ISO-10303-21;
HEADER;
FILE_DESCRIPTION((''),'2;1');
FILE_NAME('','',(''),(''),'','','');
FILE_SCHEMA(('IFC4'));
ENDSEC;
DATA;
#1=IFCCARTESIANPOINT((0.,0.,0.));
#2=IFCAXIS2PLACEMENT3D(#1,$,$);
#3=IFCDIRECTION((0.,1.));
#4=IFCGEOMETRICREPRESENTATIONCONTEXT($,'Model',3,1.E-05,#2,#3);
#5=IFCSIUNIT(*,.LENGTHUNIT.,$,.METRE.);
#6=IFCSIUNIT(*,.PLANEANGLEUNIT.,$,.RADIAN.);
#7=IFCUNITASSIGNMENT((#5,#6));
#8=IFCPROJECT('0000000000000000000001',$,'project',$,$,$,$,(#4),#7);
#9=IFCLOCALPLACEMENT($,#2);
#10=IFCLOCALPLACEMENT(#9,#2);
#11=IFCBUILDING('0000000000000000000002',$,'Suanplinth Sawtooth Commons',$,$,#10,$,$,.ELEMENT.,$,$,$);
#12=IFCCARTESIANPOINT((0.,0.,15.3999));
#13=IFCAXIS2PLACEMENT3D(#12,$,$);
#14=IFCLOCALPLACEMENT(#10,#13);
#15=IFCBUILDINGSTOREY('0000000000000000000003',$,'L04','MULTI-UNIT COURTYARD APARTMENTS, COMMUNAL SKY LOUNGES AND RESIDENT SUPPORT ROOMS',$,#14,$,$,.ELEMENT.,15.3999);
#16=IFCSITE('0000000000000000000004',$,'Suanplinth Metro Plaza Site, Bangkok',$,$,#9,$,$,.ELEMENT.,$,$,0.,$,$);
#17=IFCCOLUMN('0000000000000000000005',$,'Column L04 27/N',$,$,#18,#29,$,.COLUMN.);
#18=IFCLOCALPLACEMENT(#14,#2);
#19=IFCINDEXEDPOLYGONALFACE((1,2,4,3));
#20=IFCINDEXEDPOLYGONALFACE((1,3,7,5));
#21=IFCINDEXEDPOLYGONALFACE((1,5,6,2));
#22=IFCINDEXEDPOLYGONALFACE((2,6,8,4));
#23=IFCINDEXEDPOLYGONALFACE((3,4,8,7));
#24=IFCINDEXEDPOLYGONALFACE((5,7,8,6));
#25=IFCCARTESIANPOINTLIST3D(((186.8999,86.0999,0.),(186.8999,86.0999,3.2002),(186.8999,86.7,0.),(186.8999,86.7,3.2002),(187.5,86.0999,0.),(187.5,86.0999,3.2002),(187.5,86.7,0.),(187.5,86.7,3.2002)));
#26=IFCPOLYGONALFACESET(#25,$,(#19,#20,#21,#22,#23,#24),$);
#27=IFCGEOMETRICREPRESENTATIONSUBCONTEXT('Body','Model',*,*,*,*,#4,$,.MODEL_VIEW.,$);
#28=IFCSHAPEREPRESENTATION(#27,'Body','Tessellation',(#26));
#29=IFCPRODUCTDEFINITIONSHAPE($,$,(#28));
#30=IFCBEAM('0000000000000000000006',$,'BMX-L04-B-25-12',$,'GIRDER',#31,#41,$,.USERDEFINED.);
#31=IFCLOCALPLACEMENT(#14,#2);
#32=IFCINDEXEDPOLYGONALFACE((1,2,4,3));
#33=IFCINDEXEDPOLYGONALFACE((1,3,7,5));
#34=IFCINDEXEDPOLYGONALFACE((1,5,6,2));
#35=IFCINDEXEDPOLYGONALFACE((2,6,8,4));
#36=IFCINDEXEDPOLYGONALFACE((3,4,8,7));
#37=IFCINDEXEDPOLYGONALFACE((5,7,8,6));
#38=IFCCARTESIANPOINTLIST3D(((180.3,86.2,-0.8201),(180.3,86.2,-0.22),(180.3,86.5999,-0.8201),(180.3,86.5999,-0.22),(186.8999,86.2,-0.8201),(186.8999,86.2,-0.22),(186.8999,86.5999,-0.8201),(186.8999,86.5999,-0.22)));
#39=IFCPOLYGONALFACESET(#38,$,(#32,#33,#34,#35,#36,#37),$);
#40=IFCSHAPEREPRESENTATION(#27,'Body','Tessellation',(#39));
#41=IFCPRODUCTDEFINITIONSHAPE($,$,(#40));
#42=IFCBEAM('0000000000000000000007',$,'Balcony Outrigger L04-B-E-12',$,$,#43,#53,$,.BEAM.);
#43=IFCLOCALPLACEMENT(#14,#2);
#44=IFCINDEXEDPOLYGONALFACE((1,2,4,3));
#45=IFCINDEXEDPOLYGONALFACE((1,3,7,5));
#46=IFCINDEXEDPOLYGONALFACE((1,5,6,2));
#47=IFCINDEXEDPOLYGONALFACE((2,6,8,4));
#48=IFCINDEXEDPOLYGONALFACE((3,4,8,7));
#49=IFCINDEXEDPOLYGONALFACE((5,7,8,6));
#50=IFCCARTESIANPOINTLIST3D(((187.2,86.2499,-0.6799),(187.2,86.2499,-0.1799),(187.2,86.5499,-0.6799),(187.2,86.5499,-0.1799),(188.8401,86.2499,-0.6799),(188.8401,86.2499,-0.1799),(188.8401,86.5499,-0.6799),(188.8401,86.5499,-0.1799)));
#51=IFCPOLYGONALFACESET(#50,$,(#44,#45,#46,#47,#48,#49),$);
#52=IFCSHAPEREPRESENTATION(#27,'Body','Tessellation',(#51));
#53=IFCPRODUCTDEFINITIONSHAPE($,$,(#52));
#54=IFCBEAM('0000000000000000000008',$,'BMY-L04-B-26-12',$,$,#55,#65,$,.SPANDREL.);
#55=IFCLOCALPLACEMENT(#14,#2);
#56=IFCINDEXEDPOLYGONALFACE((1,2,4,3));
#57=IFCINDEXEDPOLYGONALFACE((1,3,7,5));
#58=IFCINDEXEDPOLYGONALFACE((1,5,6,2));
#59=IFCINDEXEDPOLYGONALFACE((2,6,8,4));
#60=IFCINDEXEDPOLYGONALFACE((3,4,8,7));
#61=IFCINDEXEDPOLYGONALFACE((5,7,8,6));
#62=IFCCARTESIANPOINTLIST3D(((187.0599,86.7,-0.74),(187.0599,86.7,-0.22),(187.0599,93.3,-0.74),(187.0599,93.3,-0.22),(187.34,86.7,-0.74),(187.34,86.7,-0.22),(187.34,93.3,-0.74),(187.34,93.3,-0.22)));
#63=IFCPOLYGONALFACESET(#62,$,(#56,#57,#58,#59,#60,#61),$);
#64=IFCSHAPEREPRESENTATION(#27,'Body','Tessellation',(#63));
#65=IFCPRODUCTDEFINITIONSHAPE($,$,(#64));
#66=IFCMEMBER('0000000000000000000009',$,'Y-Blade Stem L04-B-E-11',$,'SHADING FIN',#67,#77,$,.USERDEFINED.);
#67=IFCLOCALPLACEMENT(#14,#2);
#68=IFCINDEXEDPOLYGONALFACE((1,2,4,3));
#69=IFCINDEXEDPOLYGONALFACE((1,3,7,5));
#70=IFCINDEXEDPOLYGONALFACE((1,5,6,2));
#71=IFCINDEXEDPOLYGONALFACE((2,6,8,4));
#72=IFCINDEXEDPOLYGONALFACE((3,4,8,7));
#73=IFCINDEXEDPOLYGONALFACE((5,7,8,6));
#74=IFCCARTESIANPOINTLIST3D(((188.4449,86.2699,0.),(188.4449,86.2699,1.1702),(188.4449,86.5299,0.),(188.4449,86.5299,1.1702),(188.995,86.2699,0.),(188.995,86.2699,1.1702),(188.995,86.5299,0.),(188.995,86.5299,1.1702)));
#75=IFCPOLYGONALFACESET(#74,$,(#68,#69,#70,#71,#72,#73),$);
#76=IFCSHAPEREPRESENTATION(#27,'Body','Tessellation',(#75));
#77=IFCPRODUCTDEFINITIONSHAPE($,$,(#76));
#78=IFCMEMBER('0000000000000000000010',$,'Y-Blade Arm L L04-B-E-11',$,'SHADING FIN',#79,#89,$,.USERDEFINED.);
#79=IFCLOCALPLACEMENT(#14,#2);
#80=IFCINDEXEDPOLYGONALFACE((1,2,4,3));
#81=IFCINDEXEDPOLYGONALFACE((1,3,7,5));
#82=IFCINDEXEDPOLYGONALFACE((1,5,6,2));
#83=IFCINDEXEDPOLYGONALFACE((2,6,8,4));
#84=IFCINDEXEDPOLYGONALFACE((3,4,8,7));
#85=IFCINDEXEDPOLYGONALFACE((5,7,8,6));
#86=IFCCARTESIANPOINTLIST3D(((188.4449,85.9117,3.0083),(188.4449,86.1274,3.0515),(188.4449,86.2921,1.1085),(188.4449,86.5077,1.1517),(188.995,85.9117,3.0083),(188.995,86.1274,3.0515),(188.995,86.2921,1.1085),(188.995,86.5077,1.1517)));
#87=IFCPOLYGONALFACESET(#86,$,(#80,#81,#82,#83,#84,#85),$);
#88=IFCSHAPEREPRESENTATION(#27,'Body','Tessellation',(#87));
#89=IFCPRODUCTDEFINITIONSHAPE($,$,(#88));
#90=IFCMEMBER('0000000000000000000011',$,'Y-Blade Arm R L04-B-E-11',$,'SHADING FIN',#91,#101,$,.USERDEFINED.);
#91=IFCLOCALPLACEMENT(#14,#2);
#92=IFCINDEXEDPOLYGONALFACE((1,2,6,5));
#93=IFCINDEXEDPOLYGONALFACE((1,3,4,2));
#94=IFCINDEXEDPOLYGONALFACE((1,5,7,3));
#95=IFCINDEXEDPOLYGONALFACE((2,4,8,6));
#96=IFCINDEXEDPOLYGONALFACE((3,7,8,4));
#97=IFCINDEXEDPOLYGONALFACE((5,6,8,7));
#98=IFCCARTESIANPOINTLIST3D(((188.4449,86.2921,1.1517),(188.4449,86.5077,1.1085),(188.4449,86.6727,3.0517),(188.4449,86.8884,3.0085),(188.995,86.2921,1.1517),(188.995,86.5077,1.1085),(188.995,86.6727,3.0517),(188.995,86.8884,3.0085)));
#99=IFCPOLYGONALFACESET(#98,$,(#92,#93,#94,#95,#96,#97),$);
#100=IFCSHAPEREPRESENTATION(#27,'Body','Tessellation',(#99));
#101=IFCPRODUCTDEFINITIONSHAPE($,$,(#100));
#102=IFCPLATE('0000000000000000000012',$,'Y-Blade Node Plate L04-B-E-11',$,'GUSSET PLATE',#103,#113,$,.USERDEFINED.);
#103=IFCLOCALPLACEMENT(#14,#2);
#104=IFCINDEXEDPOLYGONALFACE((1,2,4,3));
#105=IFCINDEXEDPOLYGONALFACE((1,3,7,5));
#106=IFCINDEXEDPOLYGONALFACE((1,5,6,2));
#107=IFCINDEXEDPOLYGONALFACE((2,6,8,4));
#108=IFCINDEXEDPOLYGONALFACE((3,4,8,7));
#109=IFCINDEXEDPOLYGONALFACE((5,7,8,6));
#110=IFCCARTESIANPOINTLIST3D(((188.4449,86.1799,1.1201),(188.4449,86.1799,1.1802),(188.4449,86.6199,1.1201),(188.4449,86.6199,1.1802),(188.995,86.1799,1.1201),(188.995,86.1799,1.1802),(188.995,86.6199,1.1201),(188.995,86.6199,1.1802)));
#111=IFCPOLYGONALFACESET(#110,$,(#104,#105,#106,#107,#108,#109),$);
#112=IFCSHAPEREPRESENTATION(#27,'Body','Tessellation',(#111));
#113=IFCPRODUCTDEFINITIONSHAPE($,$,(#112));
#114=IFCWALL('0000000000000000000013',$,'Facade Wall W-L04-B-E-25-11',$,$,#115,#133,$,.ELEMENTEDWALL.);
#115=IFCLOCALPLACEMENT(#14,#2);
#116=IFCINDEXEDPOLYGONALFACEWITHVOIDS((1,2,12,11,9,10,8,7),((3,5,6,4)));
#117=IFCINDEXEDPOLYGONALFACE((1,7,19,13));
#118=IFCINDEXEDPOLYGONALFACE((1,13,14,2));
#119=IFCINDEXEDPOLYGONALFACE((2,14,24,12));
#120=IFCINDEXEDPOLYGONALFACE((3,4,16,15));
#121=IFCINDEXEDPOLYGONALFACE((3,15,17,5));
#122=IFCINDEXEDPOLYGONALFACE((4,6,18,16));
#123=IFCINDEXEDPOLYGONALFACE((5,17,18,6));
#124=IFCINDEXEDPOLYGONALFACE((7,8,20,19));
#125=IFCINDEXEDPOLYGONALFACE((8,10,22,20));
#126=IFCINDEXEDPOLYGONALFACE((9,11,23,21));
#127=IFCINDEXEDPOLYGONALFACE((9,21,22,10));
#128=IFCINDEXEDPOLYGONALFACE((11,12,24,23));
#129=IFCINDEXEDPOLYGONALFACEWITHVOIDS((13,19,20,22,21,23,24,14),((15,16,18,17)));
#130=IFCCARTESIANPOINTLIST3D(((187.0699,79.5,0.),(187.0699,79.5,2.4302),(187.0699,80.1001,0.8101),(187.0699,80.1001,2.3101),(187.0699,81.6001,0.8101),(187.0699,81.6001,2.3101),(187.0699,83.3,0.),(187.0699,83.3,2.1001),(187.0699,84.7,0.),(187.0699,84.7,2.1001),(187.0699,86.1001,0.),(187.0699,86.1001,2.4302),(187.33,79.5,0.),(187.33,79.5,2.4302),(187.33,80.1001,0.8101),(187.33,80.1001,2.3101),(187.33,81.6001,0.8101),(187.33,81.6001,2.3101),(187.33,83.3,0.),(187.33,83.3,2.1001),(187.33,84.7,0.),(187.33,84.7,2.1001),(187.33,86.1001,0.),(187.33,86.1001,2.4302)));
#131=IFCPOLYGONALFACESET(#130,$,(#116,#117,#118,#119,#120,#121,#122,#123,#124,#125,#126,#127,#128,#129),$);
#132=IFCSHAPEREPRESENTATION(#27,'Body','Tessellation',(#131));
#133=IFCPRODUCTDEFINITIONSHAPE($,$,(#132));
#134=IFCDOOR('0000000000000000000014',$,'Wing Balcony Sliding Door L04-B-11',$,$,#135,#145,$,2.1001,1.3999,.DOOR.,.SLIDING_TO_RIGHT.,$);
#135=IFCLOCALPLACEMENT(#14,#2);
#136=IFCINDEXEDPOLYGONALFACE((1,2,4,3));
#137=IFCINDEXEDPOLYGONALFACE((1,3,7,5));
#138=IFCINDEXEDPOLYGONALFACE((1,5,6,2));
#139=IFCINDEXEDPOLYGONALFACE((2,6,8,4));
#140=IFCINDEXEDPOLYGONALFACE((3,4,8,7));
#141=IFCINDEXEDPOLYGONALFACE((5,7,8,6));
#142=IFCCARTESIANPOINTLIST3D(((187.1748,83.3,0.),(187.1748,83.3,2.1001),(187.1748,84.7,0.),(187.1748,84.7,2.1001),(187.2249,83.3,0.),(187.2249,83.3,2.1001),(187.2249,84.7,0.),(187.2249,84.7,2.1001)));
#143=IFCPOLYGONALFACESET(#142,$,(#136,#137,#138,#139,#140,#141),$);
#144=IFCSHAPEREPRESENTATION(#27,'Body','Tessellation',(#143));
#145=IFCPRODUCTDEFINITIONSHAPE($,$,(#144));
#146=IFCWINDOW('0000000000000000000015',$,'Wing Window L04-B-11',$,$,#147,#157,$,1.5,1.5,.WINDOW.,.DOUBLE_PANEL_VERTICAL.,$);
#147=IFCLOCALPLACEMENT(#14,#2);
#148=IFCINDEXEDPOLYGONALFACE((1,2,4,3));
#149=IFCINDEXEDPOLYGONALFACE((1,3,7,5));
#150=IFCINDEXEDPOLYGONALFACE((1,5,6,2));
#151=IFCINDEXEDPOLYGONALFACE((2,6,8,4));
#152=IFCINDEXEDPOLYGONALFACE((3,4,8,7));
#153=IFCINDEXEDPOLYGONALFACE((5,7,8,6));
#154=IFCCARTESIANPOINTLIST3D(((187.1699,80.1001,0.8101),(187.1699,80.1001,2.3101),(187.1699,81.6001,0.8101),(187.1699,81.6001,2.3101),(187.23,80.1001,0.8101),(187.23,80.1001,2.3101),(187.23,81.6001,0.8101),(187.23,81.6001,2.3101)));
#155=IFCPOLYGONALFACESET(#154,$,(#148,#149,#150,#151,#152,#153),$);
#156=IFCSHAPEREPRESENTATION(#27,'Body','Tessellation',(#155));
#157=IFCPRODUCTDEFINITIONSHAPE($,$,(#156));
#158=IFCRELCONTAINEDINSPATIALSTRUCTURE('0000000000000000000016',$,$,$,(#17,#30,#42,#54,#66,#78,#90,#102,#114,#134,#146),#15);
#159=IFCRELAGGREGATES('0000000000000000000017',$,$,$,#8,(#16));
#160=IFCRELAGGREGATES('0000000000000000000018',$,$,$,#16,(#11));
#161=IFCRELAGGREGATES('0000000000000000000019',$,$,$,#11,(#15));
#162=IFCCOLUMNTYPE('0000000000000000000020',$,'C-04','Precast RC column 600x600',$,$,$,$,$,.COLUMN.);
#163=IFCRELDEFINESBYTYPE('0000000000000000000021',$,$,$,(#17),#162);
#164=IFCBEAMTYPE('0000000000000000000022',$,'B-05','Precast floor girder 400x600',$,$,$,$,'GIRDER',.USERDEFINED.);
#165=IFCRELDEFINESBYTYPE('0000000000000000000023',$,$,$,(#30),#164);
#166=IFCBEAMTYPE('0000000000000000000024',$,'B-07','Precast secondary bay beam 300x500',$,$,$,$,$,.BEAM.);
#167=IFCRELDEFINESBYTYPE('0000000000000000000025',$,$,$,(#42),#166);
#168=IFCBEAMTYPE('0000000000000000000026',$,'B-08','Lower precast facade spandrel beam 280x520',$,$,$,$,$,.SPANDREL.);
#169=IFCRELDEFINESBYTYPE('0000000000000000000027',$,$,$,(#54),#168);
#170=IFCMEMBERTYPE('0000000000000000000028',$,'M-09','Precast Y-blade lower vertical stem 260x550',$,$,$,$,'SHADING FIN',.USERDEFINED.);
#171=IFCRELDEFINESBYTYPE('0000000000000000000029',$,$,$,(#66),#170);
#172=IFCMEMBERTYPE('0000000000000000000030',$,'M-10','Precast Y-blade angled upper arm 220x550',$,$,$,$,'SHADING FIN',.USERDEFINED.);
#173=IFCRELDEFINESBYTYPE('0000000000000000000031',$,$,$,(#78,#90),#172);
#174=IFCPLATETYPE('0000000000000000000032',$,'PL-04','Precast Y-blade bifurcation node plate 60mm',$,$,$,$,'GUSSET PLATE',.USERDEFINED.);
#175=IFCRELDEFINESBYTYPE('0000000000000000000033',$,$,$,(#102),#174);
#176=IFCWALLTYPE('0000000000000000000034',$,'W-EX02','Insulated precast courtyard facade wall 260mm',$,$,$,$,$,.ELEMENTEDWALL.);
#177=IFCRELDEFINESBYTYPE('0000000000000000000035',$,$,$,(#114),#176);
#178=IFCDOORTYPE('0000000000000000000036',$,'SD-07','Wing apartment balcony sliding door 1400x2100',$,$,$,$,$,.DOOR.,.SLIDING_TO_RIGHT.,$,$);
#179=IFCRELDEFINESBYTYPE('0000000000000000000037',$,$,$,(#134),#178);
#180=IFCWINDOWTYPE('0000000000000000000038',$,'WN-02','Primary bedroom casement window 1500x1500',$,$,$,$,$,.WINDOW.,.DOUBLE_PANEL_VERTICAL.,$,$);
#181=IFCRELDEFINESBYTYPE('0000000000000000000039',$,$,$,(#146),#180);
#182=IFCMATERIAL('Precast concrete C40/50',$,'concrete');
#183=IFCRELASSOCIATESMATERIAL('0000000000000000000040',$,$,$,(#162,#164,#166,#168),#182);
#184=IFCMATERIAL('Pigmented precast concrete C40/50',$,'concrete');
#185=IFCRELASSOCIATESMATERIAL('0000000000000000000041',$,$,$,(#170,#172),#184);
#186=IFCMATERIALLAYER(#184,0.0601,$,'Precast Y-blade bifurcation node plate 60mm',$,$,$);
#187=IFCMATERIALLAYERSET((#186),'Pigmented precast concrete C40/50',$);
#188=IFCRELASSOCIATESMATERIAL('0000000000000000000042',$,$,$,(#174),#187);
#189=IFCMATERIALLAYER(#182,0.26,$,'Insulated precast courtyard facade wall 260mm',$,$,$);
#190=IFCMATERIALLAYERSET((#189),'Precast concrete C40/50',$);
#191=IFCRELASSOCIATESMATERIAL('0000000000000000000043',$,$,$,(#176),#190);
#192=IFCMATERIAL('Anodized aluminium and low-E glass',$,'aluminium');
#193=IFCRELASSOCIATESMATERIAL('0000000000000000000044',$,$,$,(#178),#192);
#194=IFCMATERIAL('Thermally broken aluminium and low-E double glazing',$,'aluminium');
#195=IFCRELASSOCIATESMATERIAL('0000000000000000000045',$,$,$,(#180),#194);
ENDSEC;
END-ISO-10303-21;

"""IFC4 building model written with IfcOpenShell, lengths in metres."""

from ifc_helpers import new_model, si_unit, direction, frame, frame_2d, origin, origin_2d, place, context, subcontext, project, spatial, rectangle, extrude, material, layer, layer_set, material_profile, profile_set, type_object, element, fill, save


model = new_model("IFC4")

# Units and contexts
model_context = context("Model", 3, precision=1e-05, world=origin(), true_north=direction((0.0, 1.0)))
body_context = subcontext(model_context, "Body", "Model", "MODEL_VIEW")
ifc_project = project(units=[si_unit("LENGTHUNIT", "METRE"), si_unit("PLANEANGLEUNIT", "RADIAN")], contexts=[model_context])

# Site, building, storey
site_placement = place(None, origin())
site = spatial("IfcSite", under=ifc_project, at=site_placement, Name="Suanplinth Metro Plaza Site, Bangkok", CompositionType="ELEMENT", RefElevation=0.0)
building_placement = place(site_placement, origin())
building = spatial("IfcBuilding", under=site, at=building_placement, Name="Suanplinth Sawtooth Commons", CompositionType="ELEMENT")
storey_placement = place(building_placement, frame((0.0, 0.0, 15.3999)))
storey = spatial("IfcBuildingStorey", under=building, at=storey_placement, Name="L04", Description="MULTI-UNIT COURTYARD APARTMENTS, COMMUNAL SKY LOUNGES AND RESIDENT SUPPORT ROOMS", CompositionType="ELEMENT", Elevation=15.3999)

# Column
ifc_material_1 = material(Name="Precast concrete C40/50", Category="concrete")
ifc_material_profile_1 = material_profile(ifc_material_1, rectangle(XDim=0.6001, YDim=0.6001, at=origin_2d()), Name="PC-COL 600x600")
ifc_profile_set_1 = profile_set([ifc_material_profile_1], Name="Precast concrete C40/50")
column_type = type_object("IfcColumnType", Name="C-04", Description="Precast RC column 600x600", PredefinedType="COLUMN", material=ifc_profile_set_1)
column_placement = place(storey_placement, frame((187.2, 86.3999, 0.0), z_axis=(0.0, 0.0, 1.0), x_axis=(1.0, 0.0, 0.0)))
element("IfcColumn", 1, at=column_placement, inside=storey, type_object=column_type, Name="Column L04 27/N", PredefinedType="COLUMN", context=body_context, shape_type="SweptSolid", body=[
    extrude(rectangle(XDim=0.6001, YDim=0.6001, at=origin_2d()), origin(), (0.0, 0.0, 1.0), 3.2002),
])

# Beams
ifc_material_profile_2 = material_profile(ifc_material_1, rectangle(XDim=0.3999, YDim=0.6001, at=origin_2d()), Name="PC-GDR 400x600")
ifc_profile_set_2 = profile_set([ifc_material_profile_2], Name="Precast concrete C40/50")
beam_type_1 = type_object("IfcBeamType", Name="B-05", Description="Precast floor girder 400x600", ElementType="GIRDER", PredefinedType="USERDEFINED", material=ifc_profile_set_2)
beam_1_placement = place(storey_placement, frame((180.3, 86.3999, -0.52), z_axis=(1.0, 0.0, 0.0), x_axis=(0.0, 1.0, 0.0)))
element("IfcBeam", 2, at=beam_1_placement, inside=storey, type_object=beam_type_1, Name="BMX-L04-B-25-12", ObjectType="GIRDER", PredefinedType="USERDEFINED", context=body_context, shape_type="SweptSolid", body=[
    extrude(rectangle(XDim=0.3999, YDim=0.6001, at=origin_2d()), origin(), (0.0, 0.0, 1.0), 6.5999),
])
ifc_material_profile_3 = material_profile(ifc_material_1, rectangle(XDim=0.3, YDim=0.5, at=origin_2d()), Name="PC-BM 300x500")
ifc_profile_set_3 = profile_set([ifc_material_profile_3], Name="Precast concrete C40/50")
beam_type_2 = type_object("IfcBeamType", Name="B-07", Description="Precast secondary bay beam 300x500", PredefinedType="BEAM", material=ifc_profile_set_3)
beam_2_placement = place(storey_placement, frame((187.2, 86.3999, -0.4299), z_axis=(1.0, 0.0, 0.0), x_axis=(0.0, 1.0, 0.0)))
element("IfcBeam", 3, at=beam_2_placement, inside=storey, type_object=beam_type_2, Name="Balcony Outrigger L04-B-E-12", PredefinedType="BEAM", context=body_context, shape_type="SweptSolid", body=[
    extrude(rectangle(XDim=0.3, YDim=0.5, at=origin_2d()), origin(), (0.0, 0.0, 1.0), 1.6401),
])
ifc_material_profile_4 = material_profile(ifc_material_1, rectangle(XDim=0.28, YDim=0.52, at=origin_2d()), Name="PC-SP 280x520")
ifc_profile_set_4 = profile_set([ifc_material_profile_4], Name="Precast concrete C40/50")
beam_type_3 = type_object("IfcBeamType", Name="B-08", Description="Lower precast facade spandrel beam 280x520", PredefinedType="SPANDREL", material=ifc_profile_set_4)
beam_3_placement = place(storey_placement, frame((187.2, 86.7, -0.48), z_axis=(0.0, 1.0, 0.0), x_axis=(-1.0, 0.0, 0.0)))
element("IfcBeam", 4, at=beam_3_placement, inside=storey, type_object=beam_type_3, Name="BMY-L04-B-26-12", PredefinedType="SPANDREL", context=body_context, shape_type="SweptSolid", body=[
    extrude(rectangle(XDim=0.28, YDim=0.52, at=origin_2d()), origin(), (0.0, 0.0, 1.0), 6.6001),
])

# Members
ifc_material_2 = material(Name="Pigmented precast concrete C40/50", Category="concrete")
ifc_material_profile_5 = material_profile(ifc_material_2, rectangle(XDim=0.26, YDim=0.55, at=origin_2d()), Name="PC-FIN 260x550")
ifc_profile_set_5 = profile_set([ifc_material_profile_5], Name="Pigmented precast concrete C40/50")
member_type_1 = type_object("IfcMemberType", Name="M-09", Description="Precast Y-blade lower vertical stem 260x550", ElementType="SHADING FIN", PredefinedType="USERDEFINED", material=ifc_profile_set_5)
member_1_placement = place(storey_placement, frame((188.72, 86.3999, 0.0), z_axis=(0.0, 0.0, 1.0), x_axis=(0.0, 1.0, 0.0)))
element("IfcMember", 5, at=member_1_placement, inside=storey, type_object=member_type_1, Name="Y-Blade Stem L04-B-E-11", ObjectType="SHADING FIN", PredefinedType="USERDEFINED", context=body_context, shape_type="SweptSolid", body=[
    extrude(rectangle(XDim=0.26, YDim=0.55, at=origin_2d()), origin(), (0.0, 0.0, 1.0), 1.1702),
])
ifc_material_profile_6 = material_profile(ifc_material_2, rectangle(XDim=0.22, YDim=0.55, at=origin_2d()), Name="PC-FIN 220x550")
ifc_profile_set_6 = profile_set([ifc_material_profile_6], Name="Pigmented precast concrete C40/50")
member_type_2 = type_object("IfcMemberType", Name="M-10", Description="Precast Y-blade angled upper arm 220x550", ElementType="SHADING FIN", PredefinedType="USERDEFINED", material=ifc_profile_set_6)
member_2_placement = place(storey_placement, frame((188.72, 86.3999, 1.1301), z_axis=(0.0, -0.19631, 0.980542), x_axis=(0.0, 0.980542, 0.19631)))
element("IfcMember", 6, at=member_2_placement, inside=storey, type_object=member_type_2, Name="Y-Blade Arm L L04-B-E-11", ObjectType="SHADING FIN", PredefinedType="USERDEFINED", context=body_context, shape_type="SweptSolid", body=[
    extrude(rectangle(XDim=0.22, YDim=0.55, at=origin_2d()), origin(), (0.0, 0.0, 1.0), 1.9375),
])
member_3_placement = place(storey_placement, frame((188.72, 86.3999, 1.1301), z_axis=(0.0, 0.196431, 0.980518), x_axis=(0.0, -0.980518, 0.196431)))
element("IfcMember", 7, at=member_3_placement, inside=storey, type_object=member_type_2, Name="Y-Blade Arm R L04-B-E-11", ObjectType="SHADING FIN", PredefinedType="USERDEFINED", context=body_context, shape_type="SweptSolid", body=[
    extrude(rectangle(XDim=0.22, YDim=0.55, at=origin_2d()), origin(), (0.0, 0.0, 1.0), 1.9377),
])

# Plate
ifc_layer_1 = layer(ifc_material_2, 0.0601, Name="Precast Y-blade bifurcation node plate 60mm")
ifc_layer_set_1 = layer_set([ifc_layer_1], Name="Pigmented precast concrete C40/50")
plate_type = type_object("IfcPlateType", Name="PL-04", Description="Precast Y-blade bifurcation node plate 60mm", ElementType="GUSSET PLATE", PredefinedType="USERDEFINED", material=ifc_layer_set_1)
plate_placement = place(storey_placement, frame((188.72, 86.3999, 1.1201), z_axis=(0.0, 0.0, 1.0), x_axis=(0.0, 1.0, 0.0)))
element("IfcPlate", 8, at=plate_placement, inside=storey, type_object=plate_type, Name="Y-Blade Node Plate L04-B-E-11", ObjectType="GUSSET PLATE", PredefinedType="USERDEFINED", context=body_context, shape_type="SweptSolid", body=[
    extrude(rectangle(XDim=0.4399, YDim=0.55, at=origin_2d()), origin(), (0.0, 0.0, 1.0), 0.0601),
])

# Wall, openings, door, window
ifc_layer_2 = layer(ifc_material_1, 0.26, Name="Insulated precast courtyard facade wall 260mm")
ifc_layer_set_2 = layer_set([ifc_layer_2], Name="Precast concrete C40/50")
wall_type_1 = type_object("IfcWallType", Name="W-EX02", Description="Insulated precast courtyard facade wall 260mm", PredefinedType="ELEMENTEDWALL", material=ifc_layer_set_2)
wall_1_placement = place(storey_placement, frame((187.2, 79.5, 0.0), z_axis=(0.0, 0.0, 1.0), x_axis=(0.0, 1.0, 0.0)))
wall_1 = element("IfcWall", 9, at=wall_1_placement, inside=storey, type_object=wall_type_1, Name="Facade Wall W-L04-B-E-25-11", PredefinedType="ELEMENTEDWALL", context=body_context, shape_type="SweptSolid", body=[
    extrude(rectangle(XDim=6.6001, YDim=0.26, at=frame_2d((3.3, 0.0))), origin(), (0.0, 0.0, 1.0), 2.4302),
])
opening_1_placement = place(wall_1_placement, frame((3.8, 0.0, 0.0)))
opening_1 = element("IfcOpeningElement", 10, at=opening_1_placement, cuts=wall_1, PredefinedType="OPENING", context=body_context, shape_type="SweptSolid", body=[
    extrude(rectangle(XDim=1.3999, YDim=2.1001, at=frame_2d((0.7, 1.05))), frame((0.0, 0.145, 0.0), z_axis=(0.0, -1.0, 0.0), x_axis=(1.0, 0.0, 0.0)), (0.0, 0.0, 1.0), 0.2898),
])
opening_2_placement = place(wall_1_placement, frame((0.6001, 0.0, 0.8101)))
opening_2 = element("IfcOpeningElement", 11, at=opening_2_placement, cuts=wall_1, PredefinedType="OPENING", context=body_context, shape_type="SweptSolid", body=[
    extrude(rectangle(XDim=1.5, YDim=1.5, at=frame_2d((0.75, 0.75))), frame((0.0, 0.145, 0.0), z_axis=(0.0, -1.0, 0.0), x_axis=(1.0, 0.0, 0.0)), (0.0, 0.0, 1.0), 0.2898),
])
ifc_material_3 = material(Name="Anodized aluminium and low-E glass", Category="aluminium")
door_type_1 = type_object("IfcDoorType", Name="SD-07", Description="Wing apartment balcony sliding door 1400x2100", OperationType="SLIDING_TO_RIGHT", PredefinedType="DOOR", material=ifc_material_3)
door_1_placement = place(opening_1_placement, frame((1.3999, 0.0, 0.0), z_axis=(0.0, 0.0, 1.0), x_axis=(-1.0, 0.0, 0.0)))
door_1 = element("IfcDoor", 12, at=door_1_placement, inside=storey, type_object=door_type_1, Name="Wing Balcony Sliding Door L04-B-11", OperationType="SLIDING_TO_RIGHT", OverallHeight=2.1001, OverallWidth=1.3999, PredefinedType="DOOR", context=body_context, shape_type="SweptSolid", body=[
    extrude(rectangle(XDim=1.3999, YDim=2.1001, at=frame_2d((0.7, 1.05))), frame((0.0, 0.0249, 0.0), z_axis=(0.0, -1.0, 0.0), x_axis=(1.0, 0.0, 0.0)), (0.0, 0.0, 1.0), 0.05),
])
fill(opening_1, door_1)
ifc_material_4 = material(Name="Thermally broken aluminium and low-E double glazing", Category="aluminium")
window_type = type_object("IfcWindowType", Name="WN-02", Description="Primary bedroom casement window 1500x1500", PartitioningType="DOUBLE_PANEL_VERTICAL", PredefinedType="WINDOW", material=ifc_material_4)
window_placement = place(opening_2_placement, origin())
window = element("IfcWindow", 13, at=window_placement, inside=storey, type_object=window_type, Name="Wing Window L04-B-11", OverallHeight=1.5, OverallWidth=1.5, PartitioningType="DOUBLE_PANEL_VERTICAL", PredefinedType="WINDOW", context=body_context, shape_type="SweptSolid", body=[
    extrude(rectangle(XDim=1.5, YDim=1.5, at=frame_2d((0.75, 0.75))), frame((0.0, 0.03, 0.0), z_axis=(0.0, -1.0, 0.0), x_axis=(1.0, 0.0, 0.0)), (0.0, 0.0, 1.0), 0.0601),
])
fill(opening_2, window)

save(model, "model.ifc")
